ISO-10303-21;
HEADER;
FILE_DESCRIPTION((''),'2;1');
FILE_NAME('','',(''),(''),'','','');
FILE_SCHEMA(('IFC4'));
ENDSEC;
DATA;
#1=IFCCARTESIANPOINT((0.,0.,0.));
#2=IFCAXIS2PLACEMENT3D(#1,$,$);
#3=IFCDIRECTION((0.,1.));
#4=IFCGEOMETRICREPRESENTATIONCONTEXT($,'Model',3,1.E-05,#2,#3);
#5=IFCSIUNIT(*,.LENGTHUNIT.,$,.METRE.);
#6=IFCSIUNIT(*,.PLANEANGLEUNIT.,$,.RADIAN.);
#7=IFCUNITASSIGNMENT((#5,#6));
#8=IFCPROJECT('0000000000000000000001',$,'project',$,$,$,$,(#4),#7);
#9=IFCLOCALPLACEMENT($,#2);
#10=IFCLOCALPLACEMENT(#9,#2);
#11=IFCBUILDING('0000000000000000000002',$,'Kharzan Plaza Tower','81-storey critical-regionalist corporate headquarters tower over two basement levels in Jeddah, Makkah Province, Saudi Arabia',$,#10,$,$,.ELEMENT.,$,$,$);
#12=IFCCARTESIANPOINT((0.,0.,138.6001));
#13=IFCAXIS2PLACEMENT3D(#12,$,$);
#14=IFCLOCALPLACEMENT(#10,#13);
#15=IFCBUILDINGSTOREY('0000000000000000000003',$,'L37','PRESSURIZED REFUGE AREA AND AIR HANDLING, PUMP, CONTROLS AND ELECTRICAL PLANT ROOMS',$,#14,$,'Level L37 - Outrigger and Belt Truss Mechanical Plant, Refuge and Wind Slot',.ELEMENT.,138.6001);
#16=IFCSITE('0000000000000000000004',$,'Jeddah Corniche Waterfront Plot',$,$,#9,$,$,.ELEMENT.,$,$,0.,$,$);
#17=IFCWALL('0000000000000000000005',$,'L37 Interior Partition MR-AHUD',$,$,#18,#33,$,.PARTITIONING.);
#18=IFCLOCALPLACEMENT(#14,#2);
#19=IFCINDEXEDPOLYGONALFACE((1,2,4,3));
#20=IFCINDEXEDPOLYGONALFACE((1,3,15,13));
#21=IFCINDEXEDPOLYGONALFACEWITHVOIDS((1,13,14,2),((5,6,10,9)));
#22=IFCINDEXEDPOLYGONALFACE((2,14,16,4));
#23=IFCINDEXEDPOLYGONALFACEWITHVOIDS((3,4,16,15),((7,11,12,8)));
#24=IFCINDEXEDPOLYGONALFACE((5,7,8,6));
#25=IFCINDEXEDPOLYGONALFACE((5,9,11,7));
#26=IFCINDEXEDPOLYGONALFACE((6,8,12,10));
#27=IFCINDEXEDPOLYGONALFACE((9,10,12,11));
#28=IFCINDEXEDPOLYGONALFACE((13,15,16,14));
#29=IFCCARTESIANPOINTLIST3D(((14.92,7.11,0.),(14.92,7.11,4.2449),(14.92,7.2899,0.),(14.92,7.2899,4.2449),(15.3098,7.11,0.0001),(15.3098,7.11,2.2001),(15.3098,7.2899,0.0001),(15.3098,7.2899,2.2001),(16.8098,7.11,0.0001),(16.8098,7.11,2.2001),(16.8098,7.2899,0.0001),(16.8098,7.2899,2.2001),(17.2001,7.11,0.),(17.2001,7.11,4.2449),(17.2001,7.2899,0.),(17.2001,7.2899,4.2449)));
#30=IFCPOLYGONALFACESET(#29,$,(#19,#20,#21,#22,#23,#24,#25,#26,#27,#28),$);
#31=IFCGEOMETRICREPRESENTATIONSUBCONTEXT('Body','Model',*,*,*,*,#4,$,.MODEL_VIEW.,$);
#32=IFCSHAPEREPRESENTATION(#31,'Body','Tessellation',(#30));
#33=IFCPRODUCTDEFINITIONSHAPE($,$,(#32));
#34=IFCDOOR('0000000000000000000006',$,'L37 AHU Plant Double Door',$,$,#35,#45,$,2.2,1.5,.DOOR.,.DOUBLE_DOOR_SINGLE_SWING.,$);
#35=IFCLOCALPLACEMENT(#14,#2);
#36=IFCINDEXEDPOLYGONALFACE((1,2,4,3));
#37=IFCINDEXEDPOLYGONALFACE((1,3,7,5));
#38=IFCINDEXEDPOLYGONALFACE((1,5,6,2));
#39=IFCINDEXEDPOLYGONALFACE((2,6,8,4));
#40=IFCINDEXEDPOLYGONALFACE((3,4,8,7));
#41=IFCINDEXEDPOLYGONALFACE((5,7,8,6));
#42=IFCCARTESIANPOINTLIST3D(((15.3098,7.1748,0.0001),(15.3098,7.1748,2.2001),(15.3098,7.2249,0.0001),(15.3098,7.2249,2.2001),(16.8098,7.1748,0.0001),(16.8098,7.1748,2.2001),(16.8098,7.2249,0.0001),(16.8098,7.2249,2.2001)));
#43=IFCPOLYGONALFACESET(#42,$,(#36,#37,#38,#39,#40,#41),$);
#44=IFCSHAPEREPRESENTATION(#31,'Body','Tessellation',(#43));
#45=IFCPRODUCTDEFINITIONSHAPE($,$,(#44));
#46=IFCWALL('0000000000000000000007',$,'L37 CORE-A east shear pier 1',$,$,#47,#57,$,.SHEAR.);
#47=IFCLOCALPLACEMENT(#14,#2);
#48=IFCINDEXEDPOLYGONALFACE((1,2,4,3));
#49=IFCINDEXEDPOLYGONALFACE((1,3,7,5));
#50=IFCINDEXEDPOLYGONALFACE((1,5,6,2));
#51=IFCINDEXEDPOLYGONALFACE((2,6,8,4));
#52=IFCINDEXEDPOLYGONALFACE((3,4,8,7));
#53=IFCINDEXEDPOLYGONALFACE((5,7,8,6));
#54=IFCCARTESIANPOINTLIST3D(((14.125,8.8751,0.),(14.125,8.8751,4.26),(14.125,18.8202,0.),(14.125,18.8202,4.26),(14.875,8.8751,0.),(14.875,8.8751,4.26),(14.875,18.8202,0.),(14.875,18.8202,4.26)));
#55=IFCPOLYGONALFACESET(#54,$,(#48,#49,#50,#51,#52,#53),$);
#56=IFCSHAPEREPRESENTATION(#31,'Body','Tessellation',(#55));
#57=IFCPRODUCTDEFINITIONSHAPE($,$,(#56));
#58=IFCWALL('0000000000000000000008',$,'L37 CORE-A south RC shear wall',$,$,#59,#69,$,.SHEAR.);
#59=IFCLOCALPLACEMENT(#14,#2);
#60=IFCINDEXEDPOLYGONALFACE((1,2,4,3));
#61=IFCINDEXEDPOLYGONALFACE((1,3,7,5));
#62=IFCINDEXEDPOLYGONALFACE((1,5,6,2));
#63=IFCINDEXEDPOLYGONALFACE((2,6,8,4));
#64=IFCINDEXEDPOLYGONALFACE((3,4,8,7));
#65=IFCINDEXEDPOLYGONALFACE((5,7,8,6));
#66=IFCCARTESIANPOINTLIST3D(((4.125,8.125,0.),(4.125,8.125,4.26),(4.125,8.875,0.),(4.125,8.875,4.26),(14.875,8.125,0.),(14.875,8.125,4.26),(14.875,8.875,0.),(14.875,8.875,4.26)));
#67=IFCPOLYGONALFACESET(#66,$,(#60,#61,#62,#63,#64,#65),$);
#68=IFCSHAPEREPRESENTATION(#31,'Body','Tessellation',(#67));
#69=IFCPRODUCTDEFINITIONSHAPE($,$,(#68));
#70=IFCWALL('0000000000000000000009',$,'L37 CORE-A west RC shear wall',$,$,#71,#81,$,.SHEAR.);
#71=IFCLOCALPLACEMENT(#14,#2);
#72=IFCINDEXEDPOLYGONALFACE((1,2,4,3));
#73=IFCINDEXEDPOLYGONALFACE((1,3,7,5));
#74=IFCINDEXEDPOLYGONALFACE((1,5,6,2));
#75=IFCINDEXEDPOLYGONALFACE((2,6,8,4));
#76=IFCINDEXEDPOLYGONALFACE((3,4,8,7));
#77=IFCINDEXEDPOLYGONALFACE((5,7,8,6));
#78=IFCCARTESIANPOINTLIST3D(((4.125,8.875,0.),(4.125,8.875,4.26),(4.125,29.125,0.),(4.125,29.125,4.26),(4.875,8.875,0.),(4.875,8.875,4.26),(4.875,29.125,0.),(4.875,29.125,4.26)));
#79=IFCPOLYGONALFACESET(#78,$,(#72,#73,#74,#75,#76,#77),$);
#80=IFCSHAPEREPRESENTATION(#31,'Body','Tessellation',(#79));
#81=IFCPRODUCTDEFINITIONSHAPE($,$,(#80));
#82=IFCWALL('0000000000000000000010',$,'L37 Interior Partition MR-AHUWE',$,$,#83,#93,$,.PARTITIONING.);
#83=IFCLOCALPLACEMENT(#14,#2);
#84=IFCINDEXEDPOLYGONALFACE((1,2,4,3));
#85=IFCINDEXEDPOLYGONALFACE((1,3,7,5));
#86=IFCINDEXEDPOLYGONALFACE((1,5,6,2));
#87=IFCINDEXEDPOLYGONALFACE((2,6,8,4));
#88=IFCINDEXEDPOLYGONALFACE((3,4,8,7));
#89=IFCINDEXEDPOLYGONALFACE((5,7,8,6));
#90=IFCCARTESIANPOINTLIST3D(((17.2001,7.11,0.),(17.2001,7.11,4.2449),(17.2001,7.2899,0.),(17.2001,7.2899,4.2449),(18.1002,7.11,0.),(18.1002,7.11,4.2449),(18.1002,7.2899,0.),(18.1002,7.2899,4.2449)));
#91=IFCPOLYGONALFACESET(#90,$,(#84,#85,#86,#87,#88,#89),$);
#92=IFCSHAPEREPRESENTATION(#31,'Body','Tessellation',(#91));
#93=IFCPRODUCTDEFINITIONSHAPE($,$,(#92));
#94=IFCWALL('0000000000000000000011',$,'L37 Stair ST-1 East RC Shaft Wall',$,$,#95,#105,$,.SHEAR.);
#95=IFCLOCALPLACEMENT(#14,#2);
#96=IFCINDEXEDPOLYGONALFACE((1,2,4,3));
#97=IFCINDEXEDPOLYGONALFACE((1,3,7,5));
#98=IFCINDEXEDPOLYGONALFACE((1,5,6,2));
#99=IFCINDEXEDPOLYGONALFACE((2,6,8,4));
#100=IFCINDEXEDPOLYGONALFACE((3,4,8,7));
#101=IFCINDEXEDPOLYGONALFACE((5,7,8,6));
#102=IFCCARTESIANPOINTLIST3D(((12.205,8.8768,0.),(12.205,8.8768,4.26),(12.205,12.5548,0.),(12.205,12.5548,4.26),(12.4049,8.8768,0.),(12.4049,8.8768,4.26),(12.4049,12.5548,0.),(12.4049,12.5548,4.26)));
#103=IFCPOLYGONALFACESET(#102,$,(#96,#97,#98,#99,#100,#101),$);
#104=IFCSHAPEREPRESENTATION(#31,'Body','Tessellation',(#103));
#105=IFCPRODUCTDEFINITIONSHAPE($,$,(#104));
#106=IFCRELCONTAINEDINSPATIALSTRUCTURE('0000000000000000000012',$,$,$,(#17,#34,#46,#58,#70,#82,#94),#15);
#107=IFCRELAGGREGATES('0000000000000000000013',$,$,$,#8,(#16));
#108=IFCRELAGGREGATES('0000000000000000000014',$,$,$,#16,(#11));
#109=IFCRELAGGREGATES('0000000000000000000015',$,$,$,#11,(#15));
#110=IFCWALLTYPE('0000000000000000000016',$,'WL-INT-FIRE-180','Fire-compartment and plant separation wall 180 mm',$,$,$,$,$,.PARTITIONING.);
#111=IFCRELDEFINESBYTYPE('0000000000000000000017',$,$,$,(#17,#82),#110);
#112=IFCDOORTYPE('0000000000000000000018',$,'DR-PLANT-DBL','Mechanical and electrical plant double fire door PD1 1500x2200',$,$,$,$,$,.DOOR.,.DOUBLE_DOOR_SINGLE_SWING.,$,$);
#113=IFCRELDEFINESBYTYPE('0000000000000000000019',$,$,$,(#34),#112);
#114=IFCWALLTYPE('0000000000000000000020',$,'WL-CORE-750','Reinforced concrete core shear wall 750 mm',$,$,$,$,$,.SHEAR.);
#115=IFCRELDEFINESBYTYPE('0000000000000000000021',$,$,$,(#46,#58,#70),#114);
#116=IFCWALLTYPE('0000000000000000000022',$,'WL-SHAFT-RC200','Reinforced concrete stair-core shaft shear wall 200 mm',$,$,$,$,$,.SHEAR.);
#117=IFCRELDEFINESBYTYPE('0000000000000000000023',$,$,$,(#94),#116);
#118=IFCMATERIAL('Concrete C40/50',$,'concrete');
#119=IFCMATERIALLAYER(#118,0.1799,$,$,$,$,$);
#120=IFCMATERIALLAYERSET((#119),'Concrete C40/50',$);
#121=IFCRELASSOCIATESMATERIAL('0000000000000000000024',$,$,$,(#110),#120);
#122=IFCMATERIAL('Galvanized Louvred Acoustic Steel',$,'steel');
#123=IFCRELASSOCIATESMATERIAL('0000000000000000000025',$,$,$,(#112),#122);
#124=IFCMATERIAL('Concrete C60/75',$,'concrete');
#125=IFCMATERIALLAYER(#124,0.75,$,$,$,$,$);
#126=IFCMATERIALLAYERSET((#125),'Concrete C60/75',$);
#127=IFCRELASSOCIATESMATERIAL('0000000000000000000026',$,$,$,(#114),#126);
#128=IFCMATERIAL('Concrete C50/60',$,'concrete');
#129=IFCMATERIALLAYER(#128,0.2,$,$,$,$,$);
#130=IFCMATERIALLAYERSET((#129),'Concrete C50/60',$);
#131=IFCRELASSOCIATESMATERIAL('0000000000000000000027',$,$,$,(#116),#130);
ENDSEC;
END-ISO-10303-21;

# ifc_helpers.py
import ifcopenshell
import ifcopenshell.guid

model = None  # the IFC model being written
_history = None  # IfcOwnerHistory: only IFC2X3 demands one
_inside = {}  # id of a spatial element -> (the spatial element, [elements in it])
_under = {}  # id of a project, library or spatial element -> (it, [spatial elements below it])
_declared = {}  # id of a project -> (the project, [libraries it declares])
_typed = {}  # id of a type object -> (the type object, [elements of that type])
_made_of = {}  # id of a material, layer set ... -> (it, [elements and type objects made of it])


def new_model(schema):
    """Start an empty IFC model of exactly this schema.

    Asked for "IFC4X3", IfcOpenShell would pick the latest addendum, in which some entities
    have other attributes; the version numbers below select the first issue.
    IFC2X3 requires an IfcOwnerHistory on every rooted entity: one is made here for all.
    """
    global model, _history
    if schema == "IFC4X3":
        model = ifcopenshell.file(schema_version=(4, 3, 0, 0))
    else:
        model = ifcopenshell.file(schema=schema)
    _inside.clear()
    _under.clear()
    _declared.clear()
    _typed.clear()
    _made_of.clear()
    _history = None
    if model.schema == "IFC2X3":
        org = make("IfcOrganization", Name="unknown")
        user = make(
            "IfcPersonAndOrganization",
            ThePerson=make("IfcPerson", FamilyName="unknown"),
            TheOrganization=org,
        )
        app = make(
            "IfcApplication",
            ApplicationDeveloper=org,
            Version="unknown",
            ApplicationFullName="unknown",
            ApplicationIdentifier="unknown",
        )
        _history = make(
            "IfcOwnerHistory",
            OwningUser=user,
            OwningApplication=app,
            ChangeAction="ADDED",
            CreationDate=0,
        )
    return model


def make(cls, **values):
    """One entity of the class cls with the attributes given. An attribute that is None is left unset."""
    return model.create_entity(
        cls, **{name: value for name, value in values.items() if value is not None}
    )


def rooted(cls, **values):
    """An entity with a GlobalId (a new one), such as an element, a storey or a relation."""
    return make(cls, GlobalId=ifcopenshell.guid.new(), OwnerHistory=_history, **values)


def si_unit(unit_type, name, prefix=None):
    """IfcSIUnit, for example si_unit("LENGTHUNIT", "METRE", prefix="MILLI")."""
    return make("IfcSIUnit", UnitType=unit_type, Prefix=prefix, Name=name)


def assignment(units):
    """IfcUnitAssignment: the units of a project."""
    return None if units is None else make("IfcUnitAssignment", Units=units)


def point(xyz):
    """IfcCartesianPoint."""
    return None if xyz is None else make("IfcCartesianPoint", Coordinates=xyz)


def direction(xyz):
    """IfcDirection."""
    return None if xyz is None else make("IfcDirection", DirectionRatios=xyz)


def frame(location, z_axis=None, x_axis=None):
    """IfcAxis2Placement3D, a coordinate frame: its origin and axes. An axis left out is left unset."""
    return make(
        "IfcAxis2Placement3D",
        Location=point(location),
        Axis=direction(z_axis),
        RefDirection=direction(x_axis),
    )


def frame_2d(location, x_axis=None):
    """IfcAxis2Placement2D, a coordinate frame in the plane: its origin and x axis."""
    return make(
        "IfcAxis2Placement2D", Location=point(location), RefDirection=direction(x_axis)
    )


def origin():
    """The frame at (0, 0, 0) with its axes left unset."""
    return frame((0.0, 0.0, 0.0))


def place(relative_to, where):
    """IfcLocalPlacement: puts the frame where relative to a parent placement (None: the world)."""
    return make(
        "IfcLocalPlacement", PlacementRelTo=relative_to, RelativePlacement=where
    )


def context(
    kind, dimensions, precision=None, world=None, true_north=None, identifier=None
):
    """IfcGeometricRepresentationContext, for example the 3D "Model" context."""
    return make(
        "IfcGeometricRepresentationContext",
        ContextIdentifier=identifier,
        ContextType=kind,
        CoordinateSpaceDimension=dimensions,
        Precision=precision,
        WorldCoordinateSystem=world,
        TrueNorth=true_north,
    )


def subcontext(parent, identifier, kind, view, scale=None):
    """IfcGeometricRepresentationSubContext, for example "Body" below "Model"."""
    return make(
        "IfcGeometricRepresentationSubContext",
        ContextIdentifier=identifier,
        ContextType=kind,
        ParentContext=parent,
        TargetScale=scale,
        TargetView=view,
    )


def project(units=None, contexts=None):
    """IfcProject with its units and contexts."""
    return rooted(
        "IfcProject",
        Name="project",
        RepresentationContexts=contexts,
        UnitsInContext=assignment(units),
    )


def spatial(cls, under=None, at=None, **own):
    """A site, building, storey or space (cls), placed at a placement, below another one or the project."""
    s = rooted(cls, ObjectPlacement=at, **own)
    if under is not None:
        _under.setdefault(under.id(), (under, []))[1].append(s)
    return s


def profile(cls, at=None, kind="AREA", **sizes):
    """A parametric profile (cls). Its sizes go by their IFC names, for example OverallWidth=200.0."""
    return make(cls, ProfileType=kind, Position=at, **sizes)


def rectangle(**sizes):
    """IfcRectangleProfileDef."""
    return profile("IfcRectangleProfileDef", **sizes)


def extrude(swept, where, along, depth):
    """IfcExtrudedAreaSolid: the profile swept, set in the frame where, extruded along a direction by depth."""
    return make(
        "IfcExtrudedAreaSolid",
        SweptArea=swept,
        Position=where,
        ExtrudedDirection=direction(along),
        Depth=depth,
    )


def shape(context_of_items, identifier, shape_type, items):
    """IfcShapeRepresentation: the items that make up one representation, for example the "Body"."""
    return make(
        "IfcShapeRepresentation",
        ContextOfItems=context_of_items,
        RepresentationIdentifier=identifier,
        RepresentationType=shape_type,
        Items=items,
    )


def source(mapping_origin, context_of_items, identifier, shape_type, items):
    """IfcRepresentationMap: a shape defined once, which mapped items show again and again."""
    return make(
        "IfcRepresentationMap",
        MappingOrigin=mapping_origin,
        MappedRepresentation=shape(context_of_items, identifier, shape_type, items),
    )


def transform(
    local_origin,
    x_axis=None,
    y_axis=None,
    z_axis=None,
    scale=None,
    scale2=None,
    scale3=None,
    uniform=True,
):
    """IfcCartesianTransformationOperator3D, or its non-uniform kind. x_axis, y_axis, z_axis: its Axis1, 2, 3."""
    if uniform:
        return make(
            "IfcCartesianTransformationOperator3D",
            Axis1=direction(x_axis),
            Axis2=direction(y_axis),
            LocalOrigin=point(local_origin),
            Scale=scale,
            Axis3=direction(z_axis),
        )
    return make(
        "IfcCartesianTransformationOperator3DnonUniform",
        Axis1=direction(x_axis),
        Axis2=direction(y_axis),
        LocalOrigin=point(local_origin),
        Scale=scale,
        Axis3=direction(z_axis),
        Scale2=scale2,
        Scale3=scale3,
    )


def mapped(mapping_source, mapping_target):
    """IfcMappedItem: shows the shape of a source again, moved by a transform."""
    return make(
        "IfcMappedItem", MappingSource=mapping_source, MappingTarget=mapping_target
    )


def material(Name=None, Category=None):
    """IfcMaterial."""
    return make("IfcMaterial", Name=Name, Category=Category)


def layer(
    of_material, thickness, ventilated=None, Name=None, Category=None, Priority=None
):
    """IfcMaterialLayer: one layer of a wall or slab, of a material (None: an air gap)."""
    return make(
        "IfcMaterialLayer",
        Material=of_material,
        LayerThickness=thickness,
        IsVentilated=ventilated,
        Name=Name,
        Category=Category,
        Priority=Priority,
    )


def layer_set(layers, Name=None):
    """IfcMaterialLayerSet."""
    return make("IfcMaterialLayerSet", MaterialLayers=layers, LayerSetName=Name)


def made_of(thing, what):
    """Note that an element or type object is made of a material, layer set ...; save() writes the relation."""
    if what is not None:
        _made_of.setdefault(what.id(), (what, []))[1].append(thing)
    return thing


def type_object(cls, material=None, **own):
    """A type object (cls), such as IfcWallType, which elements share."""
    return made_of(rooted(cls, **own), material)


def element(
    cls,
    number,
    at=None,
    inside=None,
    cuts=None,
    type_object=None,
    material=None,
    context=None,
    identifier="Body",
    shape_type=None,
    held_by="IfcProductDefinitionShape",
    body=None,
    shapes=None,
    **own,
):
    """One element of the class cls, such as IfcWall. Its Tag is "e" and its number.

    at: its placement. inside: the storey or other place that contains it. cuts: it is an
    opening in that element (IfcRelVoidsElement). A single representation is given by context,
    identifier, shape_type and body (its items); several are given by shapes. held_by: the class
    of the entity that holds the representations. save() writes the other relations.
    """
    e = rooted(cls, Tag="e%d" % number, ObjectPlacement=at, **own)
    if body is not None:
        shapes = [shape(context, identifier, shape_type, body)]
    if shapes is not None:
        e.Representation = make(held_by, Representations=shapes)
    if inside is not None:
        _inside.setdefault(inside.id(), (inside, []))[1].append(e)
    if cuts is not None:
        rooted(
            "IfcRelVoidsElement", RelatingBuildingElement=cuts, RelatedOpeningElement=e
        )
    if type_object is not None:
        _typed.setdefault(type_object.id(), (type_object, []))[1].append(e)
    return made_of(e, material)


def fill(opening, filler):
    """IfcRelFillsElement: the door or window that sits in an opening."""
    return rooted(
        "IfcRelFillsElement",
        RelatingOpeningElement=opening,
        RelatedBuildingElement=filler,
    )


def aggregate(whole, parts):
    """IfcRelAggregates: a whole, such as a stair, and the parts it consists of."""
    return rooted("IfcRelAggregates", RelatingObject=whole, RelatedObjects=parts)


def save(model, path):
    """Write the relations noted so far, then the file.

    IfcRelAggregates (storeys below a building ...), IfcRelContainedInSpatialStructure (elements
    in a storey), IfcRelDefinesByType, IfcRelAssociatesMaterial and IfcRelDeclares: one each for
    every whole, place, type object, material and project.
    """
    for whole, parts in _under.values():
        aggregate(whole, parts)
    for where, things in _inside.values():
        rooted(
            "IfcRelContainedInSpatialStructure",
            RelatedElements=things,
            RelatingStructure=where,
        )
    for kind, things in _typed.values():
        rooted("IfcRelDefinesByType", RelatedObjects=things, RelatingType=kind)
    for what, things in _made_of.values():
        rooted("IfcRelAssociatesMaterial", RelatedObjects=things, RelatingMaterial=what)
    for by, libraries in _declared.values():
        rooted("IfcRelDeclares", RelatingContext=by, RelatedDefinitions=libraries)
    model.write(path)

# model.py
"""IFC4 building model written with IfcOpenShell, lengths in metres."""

from ifc_helpers import new_model, si_unit, direction, frame, frame_2d, origin, place, context, subcontext, project, spatial, rectangle, extrude, source, transform, mapped, material, layer, layer_set, type_object, element, fill, save


model = new_model("IFC4")

# Units and contexts
model_context = context("Model", 3, precision=1e-05, world=origin(), true_north=direction((0.0, 1.0)))
body_context = subcontext(model_context, "Body", "Model", "MODEL_VIEW")
ifc_project = project(units=[si_unit("LENGTHUNIT", "METRE"), si_unit("PLANEANGLEUNIT", "RADIAN")], contexts=[model_context])

# Site, building, storey
site_placement = place(None, origin())
site = spatial("IfcSite", under=ifc_project, at=site_placement, Name="Jeddah Corniche Waterfront Plot", CompositionType="ELEMENT", RefElevation=0.0)
building_placement = place(site_placement, origin())
building = spatial("IfcBuilding", under=site, at=building_placement, Name="Kharzan Plaza Tower", Description="81-storey critical-regionalist corporate headquarters tower over two basement levels in Jeddah, Makkah Province, Saudi Arabia", CompositionType="ELEMENT")
storey_placement = place(building_placement, frame((0.0, 0.0, 138.6001)))
storey = spatial("IfcBuildingStorey", under=building, at=storey_placement, Name="L37", Description="PRESSURIZED REFUGE AREA AND AIR HANDLING, PUMP, CONTROLS AND ELECTRICAL PLANT ROOMS", LongName="Level L37 - Outrigger and Belt Truss Mechanical Plant, Refuge and Wind Slot", CompositionType="ELEMENT", Elevation=138.6001)

# Shared definitions
ifc_material_1 = material(Name="Concrete C60/75", Category="concrete")

# Wall, opening, door
ifc_material_2 = material(Name="Concrete C40/50", Category="concrete")
ifc_layer_1 = layer(ifc_material_2, 0.1799)
ifc_layer_set_1 = layer_set([ifc_layer_1], Name="Concrete C40/50")
wall_type_1 = type_object("IfcWallType", Name="WL-INT-FIRE-180", Description="Fire-compartment and plant separation wall 180 mm", PredefinedType="PARTITIONING", material=ifc_layer_set_1)
wall_1_placement = place(storey_placement, frame((14.9199, 7.2, 0.0), z_axis=(0.0, 0.0, 1.0), x_axis=(1.0, 0.0, 0.0)))
wall_1 = element("IfcWall", 1, at=wall_1_placement, inside=storey, type_object=wall_type_1, Name="L37 Interior Partition MR-AHUD", PredefinedType="PARTITIONING", context=body_context, shape_type="SweptSolid", body=[
    extrude(rectangle(XDim=2.28, YDim=0.1799, at=frame_2d((1.1401, 0.0))), origin(), (0.0, 0.0, 1.0), 4.2449),
])
opening_placement = place(wall_1_placement, frame((0.3899, 0.0, 0.0)))
opening = element("IfcOpeningElement", 2, at=opening_placement, cuts=wall_1, PredefinedType="OPENING", context=body_context, shape_type="SweptSolid", body=[
    extrude(rectangle(XDim=1.5, YDim=2.2, at=frame_2d((0.75, 1.1001))), frame((0.0, 0.0999, 0.0), z_axis=(0.0, -1.0, 0.0), x_axis=(1.0, 0.0, 0.0)), (0.0, 0.0, 1.0), 0.2),
])
ifc_material_3 = material(Name="Galvanized Louvred Acoustic Steel", Category="steel")
door_type = type_object("IfcDoorType", Name="DR-PLANT-DBL", Description="Mechanical and electrical plant double fire door PD1 1500x2200", OperationType="DOUBLE_DOOR_SINGLE_SWING", PredefinedType="DOOR", material=ifc_material_3)
shared_shape_1 = source(origin(), body_context, "Body", "SweptSolid", [
    extrude(rectangle(XDim=1.5, YDim=2.2, at=frame_2d((0.75, 1.1001))), frame((0.0, 0.0249, 0.0), z_axis=(0.0, -1.0, 0.0), x_axis=(1.0, 0.0, 0.0)), (0.0, 0.0, 1.0), 0.05),
])
door_placement = place(opening_placement, origin())
door = element("IfcDoor", 3, at=door_placement, inside=storey, type_object=door_type, Name="L37 AHU Plant Double Door", OperationType="DOUBLE_DOOR_SINGLE_SWING", OverallHeight=2.2, OverallWidth=1.5, PredefinedType="DOOR", context=body_context, shape_type="MappedRepresentation", body=[
    mapped(shared_shape_1, transform((0.0, 0.0, 0.0), x_axis=(1.0, 0.0, 0.0), y_axis=(0.0, 1.0, 0.0), z_axis=(0.0, 0.0, 1.0))),
])
fill(opening, door)

# Walls
ifc_layer_2 = layer(ifc_material_1, 0.75)
ifc_layer_set_2 = layer_set([ifc_layer_2], Name="Concrete C60/75")
wall_type_2 = type_object("IfcWallType", Name="WL-CORE-750", Description="Reinforced concrete core shear wall 750 mm", PredefinedType="SHEAR", material=ifc_layer_set_2)
shared_shape_2 = source(origin(), body_context, "Body", "SweptSolid", [
    extrude(rectangle(XDim=9.9451, YDim=0.75, at=frame_2d((4.9727, 0.0))), origin(), (0.0, 0.0, 1.0), 4.26),
])
wall_2_placement = place(storey_placement, frame((14.5, 8.875, 0.0), z_axis=(0.0, 0.0, 1.0), x_axis=(0.0, 1.0, 0.0)))
element("IfcWall", 4, at=wall_2_placement, inside=storey, type_object=wall_type_2, Name="L37 CORE-A east shear pier 1", PredefinedType="SHEAR", context=body_context, shape_type="MappedRepresentation", body=[
    mapped(shared_shape_2, transform((0.0, 0.0, 0.0), x_axis=(1.0, 0.0, 0.0), y_axis=(0.0, 1.0, 0.0), z_axis=(0.0, 0.0, 1.0))),
])
shared_shape_3 = source(origin(), body_context, "Body", "SweptSolid", [
    extrude(rectangle(XDim=10.75, YDim=0.75, at=frame_2d((5.375, 0.0))), origin(), (0.0, 0.0, 1.0), 4.26),
])
wall_3_placement = place(storey_placement, frame((4.125, 8.5, 0.0), z_axis=(0.0, 0.0, 1.0), x_axis=(1.0, 0.0, 0.0)))
element("IfcWall", 5, at=wall_3_placement, inside=storey, type_object=wall_type_2, Name="L37 CORE-A south RC shear wall", PredefinedType="SHEAR", context=body_context, shape_type="MappedRepresentation", body=[
    mapped(shared_shape_3, transform((0.0, 0.0, 0.0), x_axis=(1.0, 0.0, 0.0), y_axis=(0.0, 1.0, 0.0), z_axis=(0.0, 0.0, 1.0))),
])
shared_shape_4 = source(origin(), body_context, "Body", "SweptSolid", [
    extrude(rectangle(XDim=20.25, YDim=0.75, at=frame_2d((10.125, 0.0))), origin(), (0.0, 0.0, 1.0), 4.26),
])
wall_4_placement = place(storey_placement, frame((4.5, 8.875, 0.0), z_axis=(0.0, 0.0, 1.0), x_axis=(0.0, 1.0, 0.0)))
element("IfcWall", 6, at=wall_4_placement, inside=storey, type_object=wall_type_2, Name="L37 CORE-A west RC shear wall", PredefinedType="SHEAR", context=body_context, shape_type="MappedRepresentation", body=[
    mapped(shared_shape_4, transform((0.0, 0.0, 0.0), x_axis=(1.0, 0.0, 0.0), y_axis=(0.0, 1.0, 0.0), z_axis=(0.0, 0.0, 1.0))),
])
shared_shape_5 = source(origin(), body_context, "Body", "SweptSolid", [
    extrude(rectangle(XDim=0.9001, YDim=0.1799, at=frame_2d((0.4502, 0.0))), origin(), (0.0, 0.0, 1.0), 4.2449),
])
wall_5_placement = place(storey_placement, frame((17.2, 7.2, 0.0), z_axis=(0.0, 0.0, 1.0), x_axis=(1.0, 0.0, 0.0)))
element("IfcWall", 7, at=wall_5_placement, inside=storey, type_object=wall_type_1, Name="L37 Interior Partition MR-AHUWE", PredefinedType="PARTITIONING", context=body_context, shape_type="MappedRepresentation", body=[
    mapped(shared_shape_5, transform((0.0, 0.0, 0.0), x_axis=(1.0, 0.0, 0.0), y_axis=(0.0, 1.0, 0.0), z_axis=(0.0, 0.0, 1.0))),
])
ifc_material_4 = material(Name="Concrete C50/60", Category="concrete")
ifc_layer_3 = layer(ifc_material_4, 0.2)
ifc_layer_set_3 = layer_set([ifc_layer_3], Name="Concrete C50/60")
wall_type_3 = type_object("IfcWallType", Name="WL-SHAFT-RC200", Description="Reinforced concrete stair-core shaft shear wall 200 mm", PredefinedType="SHEAR", material=ifc_layer_set_3)
shared_shape_6 = source(origin(), body_context, "Body", "SweptSolid", [
    extrude(rectangle(XDim=3.678, YDim=0.2, at=frame_2d((1.8389, 0.0))), origin(), (0.0, 0.0, 1.0), 4.26),
])
wall_6_placement = place(storey_placement, frame((12.3049, 8.877, 0.0), z_axis=(0.0, 0.0, 1.0), x_axis=(0.0, 1.0, 0.0)))
element("IfcWall", 8, at=wall_6_placement, inside=storey, type_object=wall_type_3, Name="L37 Stair ST-1 East RC Shaft Wall", PredefinedType="SHEAR", context=body_context, shape_type="MappedRepresentation", body=[
    mapped(shared_shape_6, transform((0.0, 0.0, 0.0), x_axis=(1.0, 0.0, 0.0), y_axis=(0.0, 1.0, 0.0), z_axis=(0.0, 0.0, 1.0))),
])

save(model, "model.ifc")
